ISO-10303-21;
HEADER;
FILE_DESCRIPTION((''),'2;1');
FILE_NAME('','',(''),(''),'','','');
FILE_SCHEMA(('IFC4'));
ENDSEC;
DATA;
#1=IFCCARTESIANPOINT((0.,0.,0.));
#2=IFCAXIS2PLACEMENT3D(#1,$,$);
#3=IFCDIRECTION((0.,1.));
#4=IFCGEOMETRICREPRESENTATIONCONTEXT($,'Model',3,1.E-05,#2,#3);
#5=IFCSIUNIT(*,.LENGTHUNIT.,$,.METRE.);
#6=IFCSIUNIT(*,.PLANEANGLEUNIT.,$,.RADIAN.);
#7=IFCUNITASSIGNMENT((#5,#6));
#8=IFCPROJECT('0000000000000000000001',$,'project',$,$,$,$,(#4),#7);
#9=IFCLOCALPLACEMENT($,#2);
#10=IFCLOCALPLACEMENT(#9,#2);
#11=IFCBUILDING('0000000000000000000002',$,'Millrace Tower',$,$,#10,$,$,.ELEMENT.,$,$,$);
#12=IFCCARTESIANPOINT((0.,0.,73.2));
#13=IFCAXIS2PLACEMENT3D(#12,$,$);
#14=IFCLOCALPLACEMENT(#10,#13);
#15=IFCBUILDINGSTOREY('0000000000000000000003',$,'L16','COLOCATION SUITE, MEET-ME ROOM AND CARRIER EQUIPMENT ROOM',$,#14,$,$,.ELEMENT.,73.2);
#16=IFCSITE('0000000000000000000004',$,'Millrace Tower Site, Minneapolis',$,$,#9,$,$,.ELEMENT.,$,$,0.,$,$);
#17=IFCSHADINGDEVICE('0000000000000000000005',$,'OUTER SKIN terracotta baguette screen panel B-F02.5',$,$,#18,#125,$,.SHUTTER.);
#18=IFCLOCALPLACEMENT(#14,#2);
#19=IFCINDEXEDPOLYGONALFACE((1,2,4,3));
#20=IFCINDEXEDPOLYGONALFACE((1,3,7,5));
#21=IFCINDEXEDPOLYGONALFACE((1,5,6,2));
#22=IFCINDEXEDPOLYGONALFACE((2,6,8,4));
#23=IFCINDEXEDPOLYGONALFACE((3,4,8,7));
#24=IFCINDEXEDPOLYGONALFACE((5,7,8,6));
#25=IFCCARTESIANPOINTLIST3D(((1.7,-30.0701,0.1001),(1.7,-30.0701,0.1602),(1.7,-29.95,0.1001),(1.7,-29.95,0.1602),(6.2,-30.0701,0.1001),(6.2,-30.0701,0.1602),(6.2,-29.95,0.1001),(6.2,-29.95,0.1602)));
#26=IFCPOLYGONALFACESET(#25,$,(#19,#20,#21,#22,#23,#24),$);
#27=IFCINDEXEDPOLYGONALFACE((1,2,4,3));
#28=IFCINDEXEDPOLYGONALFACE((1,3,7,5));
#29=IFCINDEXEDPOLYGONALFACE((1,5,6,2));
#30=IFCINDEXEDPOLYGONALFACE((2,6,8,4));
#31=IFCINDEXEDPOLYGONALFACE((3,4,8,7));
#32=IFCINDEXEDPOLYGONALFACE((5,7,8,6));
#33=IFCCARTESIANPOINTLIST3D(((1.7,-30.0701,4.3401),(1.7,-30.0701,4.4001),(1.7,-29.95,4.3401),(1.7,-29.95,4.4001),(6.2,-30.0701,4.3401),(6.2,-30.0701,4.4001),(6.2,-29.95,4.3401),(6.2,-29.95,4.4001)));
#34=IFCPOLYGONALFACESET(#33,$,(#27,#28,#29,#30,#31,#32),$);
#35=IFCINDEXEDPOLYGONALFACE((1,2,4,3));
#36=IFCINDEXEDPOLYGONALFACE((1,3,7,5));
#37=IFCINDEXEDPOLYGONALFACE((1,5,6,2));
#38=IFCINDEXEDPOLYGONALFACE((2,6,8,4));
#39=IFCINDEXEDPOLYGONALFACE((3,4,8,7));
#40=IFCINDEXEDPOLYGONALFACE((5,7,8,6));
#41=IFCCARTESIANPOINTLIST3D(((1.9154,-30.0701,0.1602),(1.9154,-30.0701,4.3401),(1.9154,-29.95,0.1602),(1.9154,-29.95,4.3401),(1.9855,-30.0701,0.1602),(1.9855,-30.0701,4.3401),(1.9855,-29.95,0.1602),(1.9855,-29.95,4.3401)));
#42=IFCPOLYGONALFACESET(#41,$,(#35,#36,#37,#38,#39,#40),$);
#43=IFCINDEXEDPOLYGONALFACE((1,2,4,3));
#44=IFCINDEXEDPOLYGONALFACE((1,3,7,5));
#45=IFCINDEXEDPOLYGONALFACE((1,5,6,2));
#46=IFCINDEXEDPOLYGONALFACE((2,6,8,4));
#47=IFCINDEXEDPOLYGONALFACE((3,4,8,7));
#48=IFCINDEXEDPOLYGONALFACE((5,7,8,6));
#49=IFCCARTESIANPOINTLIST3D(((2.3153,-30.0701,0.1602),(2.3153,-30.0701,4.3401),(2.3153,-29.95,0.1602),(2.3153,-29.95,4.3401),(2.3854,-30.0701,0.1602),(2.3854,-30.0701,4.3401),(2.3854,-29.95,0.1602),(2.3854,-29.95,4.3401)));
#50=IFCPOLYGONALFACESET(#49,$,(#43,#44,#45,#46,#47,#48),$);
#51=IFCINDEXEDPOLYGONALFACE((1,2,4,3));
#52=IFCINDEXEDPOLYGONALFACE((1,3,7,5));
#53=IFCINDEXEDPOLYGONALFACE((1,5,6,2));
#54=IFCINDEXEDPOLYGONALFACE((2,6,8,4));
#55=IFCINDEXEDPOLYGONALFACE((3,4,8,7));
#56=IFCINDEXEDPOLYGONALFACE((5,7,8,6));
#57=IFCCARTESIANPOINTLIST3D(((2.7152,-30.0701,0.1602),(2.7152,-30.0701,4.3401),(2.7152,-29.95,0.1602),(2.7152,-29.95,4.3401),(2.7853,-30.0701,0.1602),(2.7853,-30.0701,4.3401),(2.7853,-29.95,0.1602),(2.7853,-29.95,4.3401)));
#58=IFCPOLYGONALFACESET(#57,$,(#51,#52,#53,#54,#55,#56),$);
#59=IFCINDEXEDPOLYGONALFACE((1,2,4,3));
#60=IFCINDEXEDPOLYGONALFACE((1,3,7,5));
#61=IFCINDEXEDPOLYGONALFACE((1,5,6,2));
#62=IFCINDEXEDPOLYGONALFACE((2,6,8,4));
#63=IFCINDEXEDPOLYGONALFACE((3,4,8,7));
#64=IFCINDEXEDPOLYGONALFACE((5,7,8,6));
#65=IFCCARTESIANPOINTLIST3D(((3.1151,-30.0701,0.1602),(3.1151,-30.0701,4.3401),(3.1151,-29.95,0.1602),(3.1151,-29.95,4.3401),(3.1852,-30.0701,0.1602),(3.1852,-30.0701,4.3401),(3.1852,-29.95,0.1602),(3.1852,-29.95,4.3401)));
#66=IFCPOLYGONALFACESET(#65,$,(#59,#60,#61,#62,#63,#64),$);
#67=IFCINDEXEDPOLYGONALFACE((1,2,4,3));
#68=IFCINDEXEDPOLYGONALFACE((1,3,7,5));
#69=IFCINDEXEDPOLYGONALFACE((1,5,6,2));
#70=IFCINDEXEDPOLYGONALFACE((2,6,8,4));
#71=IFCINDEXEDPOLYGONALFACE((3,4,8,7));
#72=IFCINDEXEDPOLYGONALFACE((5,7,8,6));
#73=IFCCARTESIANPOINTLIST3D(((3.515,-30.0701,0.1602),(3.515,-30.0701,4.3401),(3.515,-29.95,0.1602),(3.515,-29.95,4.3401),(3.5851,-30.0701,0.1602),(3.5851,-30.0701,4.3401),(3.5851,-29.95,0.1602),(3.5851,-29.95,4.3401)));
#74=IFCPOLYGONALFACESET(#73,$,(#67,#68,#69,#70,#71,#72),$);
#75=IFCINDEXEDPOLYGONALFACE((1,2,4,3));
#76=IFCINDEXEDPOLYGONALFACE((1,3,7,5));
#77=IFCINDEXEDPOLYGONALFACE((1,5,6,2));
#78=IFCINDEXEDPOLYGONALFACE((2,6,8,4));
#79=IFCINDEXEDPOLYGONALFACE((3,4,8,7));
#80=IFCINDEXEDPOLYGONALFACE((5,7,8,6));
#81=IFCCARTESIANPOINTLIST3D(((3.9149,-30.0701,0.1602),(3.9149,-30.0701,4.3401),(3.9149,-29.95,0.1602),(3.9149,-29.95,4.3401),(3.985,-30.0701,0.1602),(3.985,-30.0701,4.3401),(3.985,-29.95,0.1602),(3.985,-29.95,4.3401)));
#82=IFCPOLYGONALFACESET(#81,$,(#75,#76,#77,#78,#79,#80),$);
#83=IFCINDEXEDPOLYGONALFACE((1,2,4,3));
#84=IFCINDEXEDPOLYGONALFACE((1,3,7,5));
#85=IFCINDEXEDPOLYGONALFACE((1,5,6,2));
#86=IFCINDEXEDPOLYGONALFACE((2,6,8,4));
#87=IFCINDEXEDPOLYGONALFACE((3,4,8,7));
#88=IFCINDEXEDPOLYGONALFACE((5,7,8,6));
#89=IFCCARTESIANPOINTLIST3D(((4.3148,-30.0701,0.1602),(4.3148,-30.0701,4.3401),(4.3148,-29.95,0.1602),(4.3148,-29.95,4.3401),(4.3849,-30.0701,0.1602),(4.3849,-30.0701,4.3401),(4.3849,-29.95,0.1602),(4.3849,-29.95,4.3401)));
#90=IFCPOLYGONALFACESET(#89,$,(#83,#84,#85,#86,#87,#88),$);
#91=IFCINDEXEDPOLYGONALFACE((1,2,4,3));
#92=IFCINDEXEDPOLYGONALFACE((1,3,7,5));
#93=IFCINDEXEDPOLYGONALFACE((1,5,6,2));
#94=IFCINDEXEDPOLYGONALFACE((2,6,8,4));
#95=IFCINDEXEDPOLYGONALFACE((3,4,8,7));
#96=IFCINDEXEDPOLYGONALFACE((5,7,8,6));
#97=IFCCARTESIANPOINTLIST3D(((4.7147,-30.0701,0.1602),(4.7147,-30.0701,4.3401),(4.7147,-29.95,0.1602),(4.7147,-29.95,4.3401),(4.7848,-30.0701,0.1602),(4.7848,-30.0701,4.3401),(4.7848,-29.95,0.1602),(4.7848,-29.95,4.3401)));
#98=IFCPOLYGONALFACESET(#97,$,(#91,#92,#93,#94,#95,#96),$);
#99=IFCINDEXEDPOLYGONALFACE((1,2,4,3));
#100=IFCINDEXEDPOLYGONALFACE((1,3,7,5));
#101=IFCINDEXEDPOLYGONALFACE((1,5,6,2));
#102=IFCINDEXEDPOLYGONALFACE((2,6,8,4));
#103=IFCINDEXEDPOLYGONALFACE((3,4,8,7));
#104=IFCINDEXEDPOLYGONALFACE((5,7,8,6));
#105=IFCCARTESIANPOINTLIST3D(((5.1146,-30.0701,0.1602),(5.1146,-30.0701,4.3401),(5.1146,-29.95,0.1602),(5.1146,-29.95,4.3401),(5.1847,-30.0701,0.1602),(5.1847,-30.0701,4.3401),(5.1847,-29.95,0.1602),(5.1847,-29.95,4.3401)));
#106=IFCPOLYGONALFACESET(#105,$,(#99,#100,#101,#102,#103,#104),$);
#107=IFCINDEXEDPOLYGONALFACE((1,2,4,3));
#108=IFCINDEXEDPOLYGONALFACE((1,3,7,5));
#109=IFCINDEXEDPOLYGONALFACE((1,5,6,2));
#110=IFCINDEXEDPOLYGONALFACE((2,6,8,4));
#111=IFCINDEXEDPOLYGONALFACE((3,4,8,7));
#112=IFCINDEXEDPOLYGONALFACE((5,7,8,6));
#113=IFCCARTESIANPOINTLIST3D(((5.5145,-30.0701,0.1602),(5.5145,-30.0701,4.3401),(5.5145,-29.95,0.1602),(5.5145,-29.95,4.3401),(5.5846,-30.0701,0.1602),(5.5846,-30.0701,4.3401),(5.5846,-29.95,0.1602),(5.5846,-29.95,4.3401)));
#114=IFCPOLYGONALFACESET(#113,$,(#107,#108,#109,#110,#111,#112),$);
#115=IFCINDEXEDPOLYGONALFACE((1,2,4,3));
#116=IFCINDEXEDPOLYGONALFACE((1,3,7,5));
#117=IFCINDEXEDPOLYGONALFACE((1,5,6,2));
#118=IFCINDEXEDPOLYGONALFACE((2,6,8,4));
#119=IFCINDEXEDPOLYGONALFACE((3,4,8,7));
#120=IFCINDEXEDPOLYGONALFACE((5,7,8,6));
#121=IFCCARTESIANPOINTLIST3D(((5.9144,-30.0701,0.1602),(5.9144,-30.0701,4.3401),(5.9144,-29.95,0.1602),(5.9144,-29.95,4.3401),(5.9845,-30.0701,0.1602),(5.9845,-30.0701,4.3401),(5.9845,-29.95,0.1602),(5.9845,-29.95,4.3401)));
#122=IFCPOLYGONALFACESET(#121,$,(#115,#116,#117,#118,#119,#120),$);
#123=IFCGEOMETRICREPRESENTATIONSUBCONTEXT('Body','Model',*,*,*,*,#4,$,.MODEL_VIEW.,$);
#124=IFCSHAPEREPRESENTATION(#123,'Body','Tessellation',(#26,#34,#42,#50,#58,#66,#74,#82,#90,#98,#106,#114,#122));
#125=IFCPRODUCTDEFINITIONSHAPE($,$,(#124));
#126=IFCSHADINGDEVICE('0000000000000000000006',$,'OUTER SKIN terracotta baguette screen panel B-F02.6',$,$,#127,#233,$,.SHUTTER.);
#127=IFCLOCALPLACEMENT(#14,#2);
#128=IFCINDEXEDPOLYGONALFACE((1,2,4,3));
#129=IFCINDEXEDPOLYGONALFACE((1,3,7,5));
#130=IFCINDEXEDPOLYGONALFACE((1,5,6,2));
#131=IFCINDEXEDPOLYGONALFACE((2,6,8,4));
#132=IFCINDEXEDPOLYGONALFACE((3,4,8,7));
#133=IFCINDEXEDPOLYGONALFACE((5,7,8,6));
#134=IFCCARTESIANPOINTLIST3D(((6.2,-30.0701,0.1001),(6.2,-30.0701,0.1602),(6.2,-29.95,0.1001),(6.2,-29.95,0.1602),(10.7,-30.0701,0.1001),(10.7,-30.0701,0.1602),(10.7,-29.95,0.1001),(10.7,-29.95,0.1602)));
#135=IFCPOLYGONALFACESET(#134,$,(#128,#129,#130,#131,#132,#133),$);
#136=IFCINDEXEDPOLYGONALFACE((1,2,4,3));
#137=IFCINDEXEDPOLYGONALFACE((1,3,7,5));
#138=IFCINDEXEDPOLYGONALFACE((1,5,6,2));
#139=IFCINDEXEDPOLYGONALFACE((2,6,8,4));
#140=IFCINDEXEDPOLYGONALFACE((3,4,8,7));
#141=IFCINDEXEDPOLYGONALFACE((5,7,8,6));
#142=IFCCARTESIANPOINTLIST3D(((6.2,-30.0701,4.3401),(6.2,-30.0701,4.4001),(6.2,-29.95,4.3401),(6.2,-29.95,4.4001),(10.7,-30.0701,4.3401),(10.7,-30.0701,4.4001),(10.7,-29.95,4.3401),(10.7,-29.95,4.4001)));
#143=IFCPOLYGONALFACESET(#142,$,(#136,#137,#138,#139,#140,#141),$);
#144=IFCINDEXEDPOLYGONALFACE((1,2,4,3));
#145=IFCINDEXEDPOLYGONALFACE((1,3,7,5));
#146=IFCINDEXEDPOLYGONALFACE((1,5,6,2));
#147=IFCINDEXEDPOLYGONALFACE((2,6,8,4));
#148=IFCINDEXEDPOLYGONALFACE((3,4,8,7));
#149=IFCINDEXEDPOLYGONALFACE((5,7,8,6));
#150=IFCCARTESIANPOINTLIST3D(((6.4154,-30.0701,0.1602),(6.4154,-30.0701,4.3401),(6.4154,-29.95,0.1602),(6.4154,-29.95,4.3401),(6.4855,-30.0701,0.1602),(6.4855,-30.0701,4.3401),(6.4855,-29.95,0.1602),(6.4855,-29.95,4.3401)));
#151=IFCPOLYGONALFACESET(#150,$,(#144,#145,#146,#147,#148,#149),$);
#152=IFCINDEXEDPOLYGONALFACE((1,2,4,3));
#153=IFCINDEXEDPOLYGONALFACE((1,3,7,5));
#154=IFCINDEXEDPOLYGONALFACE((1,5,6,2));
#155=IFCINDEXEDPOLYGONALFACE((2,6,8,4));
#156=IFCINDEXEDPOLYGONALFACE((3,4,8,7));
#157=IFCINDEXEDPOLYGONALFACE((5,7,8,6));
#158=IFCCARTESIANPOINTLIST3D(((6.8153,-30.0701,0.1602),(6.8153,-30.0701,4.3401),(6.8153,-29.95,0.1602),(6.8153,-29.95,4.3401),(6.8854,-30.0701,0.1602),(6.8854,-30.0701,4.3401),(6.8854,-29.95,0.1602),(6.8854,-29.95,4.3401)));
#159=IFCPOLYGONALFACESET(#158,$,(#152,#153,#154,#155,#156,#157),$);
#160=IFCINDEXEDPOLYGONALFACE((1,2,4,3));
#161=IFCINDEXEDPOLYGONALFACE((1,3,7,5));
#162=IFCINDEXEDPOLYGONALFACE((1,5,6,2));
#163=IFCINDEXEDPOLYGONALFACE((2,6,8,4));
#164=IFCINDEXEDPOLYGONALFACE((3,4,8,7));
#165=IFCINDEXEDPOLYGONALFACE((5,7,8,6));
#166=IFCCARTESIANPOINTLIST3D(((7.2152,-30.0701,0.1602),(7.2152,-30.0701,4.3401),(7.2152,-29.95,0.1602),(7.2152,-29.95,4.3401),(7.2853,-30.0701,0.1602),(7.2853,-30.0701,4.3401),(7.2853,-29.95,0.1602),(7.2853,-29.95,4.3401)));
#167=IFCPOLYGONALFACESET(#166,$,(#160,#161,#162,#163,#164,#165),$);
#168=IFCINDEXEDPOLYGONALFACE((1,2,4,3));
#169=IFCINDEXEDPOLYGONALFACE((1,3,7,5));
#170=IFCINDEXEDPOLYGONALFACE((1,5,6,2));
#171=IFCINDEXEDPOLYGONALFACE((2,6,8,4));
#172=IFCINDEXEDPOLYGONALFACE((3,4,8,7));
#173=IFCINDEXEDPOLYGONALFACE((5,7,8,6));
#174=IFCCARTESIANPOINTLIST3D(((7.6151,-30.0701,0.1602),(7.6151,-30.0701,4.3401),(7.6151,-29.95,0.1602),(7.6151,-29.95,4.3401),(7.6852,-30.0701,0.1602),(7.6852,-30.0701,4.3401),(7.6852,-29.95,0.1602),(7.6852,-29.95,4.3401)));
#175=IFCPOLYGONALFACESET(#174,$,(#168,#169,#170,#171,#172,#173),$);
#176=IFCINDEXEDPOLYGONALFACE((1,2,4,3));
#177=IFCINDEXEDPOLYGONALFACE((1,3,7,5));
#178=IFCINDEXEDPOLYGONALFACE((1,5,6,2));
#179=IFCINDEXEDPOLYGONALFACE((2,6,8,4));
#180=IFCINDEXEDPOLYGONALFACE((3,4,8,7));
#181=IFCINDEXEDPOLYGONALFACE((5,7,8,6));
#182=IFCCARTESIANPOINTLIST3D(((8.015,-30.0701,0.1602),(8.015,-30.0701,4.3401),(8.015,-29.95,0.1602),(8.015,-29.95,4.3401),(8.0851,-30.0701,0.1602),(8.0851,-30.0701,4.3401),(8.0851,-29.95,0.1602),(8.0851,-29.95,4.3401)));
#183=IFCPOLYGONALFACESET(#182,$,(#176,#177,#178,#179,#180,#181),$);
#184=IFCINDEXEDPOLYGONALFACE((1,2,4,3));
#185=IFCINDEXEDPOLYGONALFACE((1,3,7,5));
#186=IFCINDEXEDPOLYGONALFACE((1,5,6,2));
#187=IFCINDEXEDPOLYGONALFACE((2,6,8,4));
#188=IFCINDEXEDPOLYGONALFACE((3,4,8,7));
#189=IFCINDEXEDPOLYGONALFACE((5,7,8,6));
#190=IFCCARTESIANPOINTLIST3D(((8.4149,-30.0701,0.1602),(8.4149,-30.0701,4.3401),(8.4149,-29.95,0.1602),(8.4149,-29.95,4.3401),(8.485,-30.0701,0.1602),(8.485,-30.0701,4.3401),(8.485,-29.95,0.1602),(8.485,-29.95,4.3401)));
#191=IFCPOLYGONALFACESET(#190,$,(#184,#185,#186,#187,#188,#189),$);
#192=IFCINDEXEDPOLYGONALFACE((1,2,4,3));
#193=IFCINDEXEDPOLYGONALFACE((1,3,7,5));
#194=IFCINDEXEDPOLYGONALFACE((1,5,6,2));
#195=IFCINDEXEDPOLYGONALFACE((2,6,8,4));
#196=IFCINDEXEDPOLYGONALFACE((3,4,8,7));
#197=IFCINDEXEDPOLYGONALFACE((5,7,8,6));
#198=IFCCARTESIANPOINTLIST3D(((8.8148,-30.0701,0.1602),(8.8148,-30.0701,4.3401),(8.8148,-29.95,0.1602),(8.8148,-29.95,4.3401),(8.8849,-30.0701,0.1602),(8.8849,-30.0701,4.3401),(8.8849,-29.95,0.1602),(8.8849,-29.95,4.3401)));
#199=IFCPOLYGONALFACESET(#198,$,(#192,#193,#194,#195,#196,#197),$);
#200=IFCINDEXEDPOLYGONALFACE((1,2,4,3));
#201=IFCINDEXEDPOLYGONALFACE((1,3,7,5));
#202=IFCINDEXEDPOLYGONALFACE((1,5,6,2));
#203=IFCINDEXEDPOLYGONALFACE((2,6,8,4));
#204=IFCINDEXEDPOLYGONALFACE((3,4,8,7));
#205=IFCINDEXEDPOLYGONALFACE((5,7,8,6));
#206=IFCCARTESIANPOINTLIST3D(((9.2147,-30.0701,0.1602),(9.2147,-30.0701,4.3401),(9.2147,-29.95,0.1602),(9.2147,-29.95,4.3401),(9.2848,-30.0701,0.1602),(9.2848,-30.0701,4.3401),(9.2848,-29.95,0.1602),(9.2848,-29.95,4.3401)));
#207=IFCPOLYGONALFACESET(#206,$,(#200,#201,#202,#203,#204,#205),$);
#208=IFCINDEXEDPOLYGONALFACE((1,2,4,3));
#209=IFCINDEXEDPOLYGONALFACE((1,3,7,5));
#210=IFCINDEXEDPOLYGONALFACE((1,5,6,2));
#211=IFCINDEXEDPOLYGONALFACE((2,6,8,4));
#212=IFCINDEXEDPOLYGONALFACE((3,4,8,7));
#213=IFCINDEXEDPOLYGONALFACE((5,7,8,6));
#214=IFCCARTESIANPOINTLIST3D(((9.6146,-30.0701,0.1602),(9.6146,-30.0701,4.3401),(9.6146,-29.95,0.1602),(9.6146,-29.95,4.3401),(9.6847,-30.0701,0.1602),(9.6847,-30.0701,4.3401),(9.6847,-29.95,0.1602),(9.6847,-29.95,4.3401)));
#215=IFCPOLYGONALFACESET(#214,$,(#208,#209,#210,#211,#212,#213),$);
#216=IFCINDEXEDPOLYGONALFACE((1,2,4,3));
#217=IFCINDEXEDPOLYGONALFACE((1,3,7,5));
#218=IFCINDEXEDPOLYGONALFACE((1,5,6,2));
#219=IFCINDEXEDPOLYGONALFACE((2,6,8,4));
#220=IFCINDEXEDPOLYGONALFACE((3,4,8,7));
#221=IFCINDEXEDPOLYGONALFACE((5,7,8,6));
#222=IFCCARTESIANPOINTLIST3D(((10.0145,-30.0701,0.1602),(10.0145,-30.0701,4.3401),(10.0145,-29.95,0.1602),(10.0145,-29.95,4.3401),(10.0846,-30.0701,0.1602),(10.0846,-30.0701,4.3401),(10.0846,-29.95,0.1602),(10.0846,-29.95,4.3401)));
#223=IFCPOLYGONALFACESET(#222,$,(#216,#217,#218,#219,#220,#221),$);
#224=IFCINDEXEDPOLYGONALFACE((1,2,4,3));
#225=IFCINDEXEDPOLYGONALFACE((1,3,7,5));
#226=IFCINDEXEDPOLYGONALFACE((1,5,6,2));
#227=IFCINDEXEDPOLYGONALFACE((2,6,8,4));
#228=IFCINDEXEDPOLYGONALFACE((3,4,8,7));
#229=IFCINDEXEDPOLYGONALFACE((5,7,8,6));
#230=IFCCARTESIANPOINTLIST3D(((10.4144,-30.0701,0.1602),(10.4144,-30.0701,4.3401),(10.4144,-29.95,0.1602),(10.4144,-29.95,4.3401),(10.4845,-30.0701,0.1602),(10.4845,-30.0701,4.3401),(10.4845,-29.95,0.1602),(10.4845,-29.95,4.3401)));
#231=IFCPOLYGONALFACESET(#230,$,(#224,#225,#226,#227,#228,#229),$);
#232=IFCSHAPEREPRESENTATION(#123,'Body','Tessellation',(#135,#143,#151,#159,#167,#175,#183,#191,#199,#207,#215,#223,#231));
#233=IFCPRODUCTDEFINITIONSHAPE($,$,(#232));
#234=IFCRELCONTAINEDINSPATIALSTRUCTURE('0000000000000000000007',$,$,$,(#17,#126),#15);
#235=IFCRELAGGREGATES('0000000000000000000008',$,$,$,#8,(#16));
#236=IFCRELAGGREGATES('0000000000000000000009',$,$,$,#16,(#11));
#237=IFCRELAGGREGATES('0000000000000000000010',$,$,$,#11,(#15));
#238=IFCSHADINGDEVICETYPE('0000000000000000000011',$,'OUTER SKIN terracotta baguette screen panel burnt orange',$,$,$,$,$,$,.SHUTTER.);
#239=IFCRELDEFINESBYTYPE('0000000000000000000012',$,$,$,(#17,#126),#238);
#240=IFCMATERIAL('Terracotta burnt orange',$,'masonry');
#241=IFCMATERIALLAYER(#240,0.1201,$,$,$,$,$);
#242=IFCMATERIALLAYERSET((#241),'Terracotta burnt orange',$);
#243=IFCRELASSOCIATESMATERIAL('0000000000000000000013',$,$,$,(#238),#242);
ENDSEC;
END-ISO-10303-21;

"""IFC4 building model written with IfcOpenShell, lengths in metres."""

from ifc_helpers import new_model, entity, si_unit, direction, frame, frame_2d, origin, origin_2d, place, context, subcontext, project, spatial, rectangle, extrude, source, transform, mapped, material, layer, layer_set, type_object, element, save


model = new_model("IFC4")

# Units and contexts
model_context = context("Model", 3, precision=1e-05, world=origin(), true_north=direction((0.0, 1.0)))
body_context = subcontext(model_context, "Body", "Model", "MODEL_VIEW")
ifc_project = project(units=[si_unit("LENGTHUNIT", "METRE"), si_unit("PLANEANGLEUNIT", "RADIAN")], contexts=[model_context])

# Site, building, storey
site_placement = place(None, origin())
site = spatial("IfcSite", under=ifc_project, at=site_placement, Name="Millrace Tower Site, Minneapolis", CompositionType="ELEMENT", RefElevation=0.0)
building_placement = place(site_placement, origin())
building = spatial("IfcBuilding", under=site, at=building_placement, Name="Millrace Tower", CompositionType="ELEMENT")
storey_placement = place(building_placement, frame((0.0, 0.0, 73.2)))
storey = spatial("IfcBuildingStorey", under=building, at=storey_placement, Name="L16", Description="COLOCATION SUITE, MEET-ME ROOM AND CARRIER EQUIPMENT ROOM", CompositionType="ELEMENT", Elevation=73.2)

# Shading devices
ifc_material_1 = material(Name="Terracotta burnt orange", Category="masonry")
ifc_layer_1 = layer(ifc_material_1, 0.1201)
ifc_layer_set_1 = layer_set([ifc_layer_1], Name="Terracotta burnt orange")
shading_device_type = type_object("IfcShadingDeviceType", Name="OUTER SKIN terracotta baguette screen panel burnt orange", PredefinedType="SHUTTER", material=ifc_layer_set_1)
cartesian_point = entity("IfcCartesianPoint", [-2.25, 0.0601])
shared_polyline = entity("IfcPolyline", [cartesian_point, entity("IfcCartesianPoint", [2.25, 0.0601]), entity("IfcCartesianPoint", [2.25, -0.0601]), entity("IfcCartesianPoint", [-2.25, -0.0601]), cartesian_point])
shared_shape = source(origin(), body_context, "Body", "SweptSolid", [
    entity("IfcExtrudedAreaSolid", entity("IfcArbitraryClosedProfileDef", "AREA", None, shared_polyline), entity("IfcAxis2Placement3D", entity("IfcCartesianPoint", [0.0, 0.0, 0.0])), entity("IfcDirection", [0.0, 0.0, 1.0]), 0.0601),
    entity("IfcExtrudedAreaSolid", entity("IfcArbitraryClosedProfileDef", "AREA", None, shared_polyline), entity("IfcAxis2Placement3D", entity("IfcCartesianPoint", [0.0, 0.0, 4.24])), entity("IfcDirection", [0.0, 0.0, 1.0]), 0.0601),
    extrude(rectangle(XDim=0.0701, YDim=0.1201, at=frame_2d((-1.9995, 0.0))), frame((0.0, 0.0, 0.0601)), (0.0, 0.0, 1.0), 4.1799),
    extrude(rectangle(XDim=0.0701, YDim=0.1201, at=frame_2d((-1.5996, 0.0))), frame((0.0, 0.0, 0.0601)), (0.0, 0.0, 1.0), 4.1799),
    extrude(rectangle(XDim=0.0701, YDim=0.1201, at=frame_2d((-1.1997, 0.0))), frame((0.0, 0.0, 0.0601)), (0.0, 0.0, 1.0), 4.1799),
    extrude(rectangle(XDim=0.0701, YDim=0.1201, at=frame_2d((-0.7998, 0.0))), frame((0.0, 0.0, 0.0601)), (0.0, 0.0, 1.0), 4.1799),
    extrude(rectangle(XDim=0.0701, YDim=0.1201, at=frame_2d((-0.3999, 0.0))), frame((0.0, 0.0, 0.0601)), (0.0, 0.0, 1.0), 4.1799),
    extrude(rectangle(XDim=0.0701, YDim=0.1201, at=origin_2d()), frame((0.0, 0.0, 0.0601)), (0.0, 0.0, 1.0), 4.1799),
    extrude(rectangle(XDim=0.0701, YDim=0.1201, at=frame_2d((0.3999, 0.0))), frame((0.0, 0.0, 0.0601)), (0.0, 0.0, 1.0), 4.1799),
    extrude(rectangle(XDim=0.0701, YDim=0.1201, at=frame_2d((0.7998, 0.0))), frame((0.0, 0.0, 0.0601)), (0.0, 0.0, 1.0), 4.1799),
    extrude(rectangle(XDim=0.0701, YDim=0.1201, at=frame_2d((1.1997, 0.0))), frame((0.0, 0.0, 0.0601)), (0.0, 0.0, 1.0), 4.1799),
    extrude(rectangle(XDim=0.0701, YDim=0.1201, at=frame_2d((1.5996, 0.0))), frame((0.0, 0.0, 0.0601)), (0.0, 0.0, 1.0), 4.1799),
    extrude(rectangle(XDim=0.0701, YDim=0.1201, at=frame_2d((1.9995, 0.0))), frame((0.0, 0.0, 0.0601)), (0.0, 0.0, 1.0), 4.1799),
])
for number, where, z_axis, x_axis, name in (
    (1, (3.95, -30.01, 0.1001), (0.0, 0.0, 1.0), (1.0, 0.0, 0.0), "OUTER SKIN terracotta baguette screen panel B-F02.5"),
    (2, (8.45, -30.01, 0.1001), (0.0, 0.0, 1.0), (1.0, 0.0, 0.0), "OUTER SKIN terracotta baguette screen panel B-F02.6"),
):
    element("IfcShadingDevice", number, at=place(storey_placement, frame(where, z_axis=z_axis, x_axis=x_axis)), inside=storey, type_object=shading_device_type, Name=name, PredefinedType="SHUTTER", context=body_context, shape_type="MappedRepresentation", body=[
        mapped(shared_shape, transform((0.0, 0.0, 0.0), scale=1.0)),
    ])

save(model, "model.ifc")
